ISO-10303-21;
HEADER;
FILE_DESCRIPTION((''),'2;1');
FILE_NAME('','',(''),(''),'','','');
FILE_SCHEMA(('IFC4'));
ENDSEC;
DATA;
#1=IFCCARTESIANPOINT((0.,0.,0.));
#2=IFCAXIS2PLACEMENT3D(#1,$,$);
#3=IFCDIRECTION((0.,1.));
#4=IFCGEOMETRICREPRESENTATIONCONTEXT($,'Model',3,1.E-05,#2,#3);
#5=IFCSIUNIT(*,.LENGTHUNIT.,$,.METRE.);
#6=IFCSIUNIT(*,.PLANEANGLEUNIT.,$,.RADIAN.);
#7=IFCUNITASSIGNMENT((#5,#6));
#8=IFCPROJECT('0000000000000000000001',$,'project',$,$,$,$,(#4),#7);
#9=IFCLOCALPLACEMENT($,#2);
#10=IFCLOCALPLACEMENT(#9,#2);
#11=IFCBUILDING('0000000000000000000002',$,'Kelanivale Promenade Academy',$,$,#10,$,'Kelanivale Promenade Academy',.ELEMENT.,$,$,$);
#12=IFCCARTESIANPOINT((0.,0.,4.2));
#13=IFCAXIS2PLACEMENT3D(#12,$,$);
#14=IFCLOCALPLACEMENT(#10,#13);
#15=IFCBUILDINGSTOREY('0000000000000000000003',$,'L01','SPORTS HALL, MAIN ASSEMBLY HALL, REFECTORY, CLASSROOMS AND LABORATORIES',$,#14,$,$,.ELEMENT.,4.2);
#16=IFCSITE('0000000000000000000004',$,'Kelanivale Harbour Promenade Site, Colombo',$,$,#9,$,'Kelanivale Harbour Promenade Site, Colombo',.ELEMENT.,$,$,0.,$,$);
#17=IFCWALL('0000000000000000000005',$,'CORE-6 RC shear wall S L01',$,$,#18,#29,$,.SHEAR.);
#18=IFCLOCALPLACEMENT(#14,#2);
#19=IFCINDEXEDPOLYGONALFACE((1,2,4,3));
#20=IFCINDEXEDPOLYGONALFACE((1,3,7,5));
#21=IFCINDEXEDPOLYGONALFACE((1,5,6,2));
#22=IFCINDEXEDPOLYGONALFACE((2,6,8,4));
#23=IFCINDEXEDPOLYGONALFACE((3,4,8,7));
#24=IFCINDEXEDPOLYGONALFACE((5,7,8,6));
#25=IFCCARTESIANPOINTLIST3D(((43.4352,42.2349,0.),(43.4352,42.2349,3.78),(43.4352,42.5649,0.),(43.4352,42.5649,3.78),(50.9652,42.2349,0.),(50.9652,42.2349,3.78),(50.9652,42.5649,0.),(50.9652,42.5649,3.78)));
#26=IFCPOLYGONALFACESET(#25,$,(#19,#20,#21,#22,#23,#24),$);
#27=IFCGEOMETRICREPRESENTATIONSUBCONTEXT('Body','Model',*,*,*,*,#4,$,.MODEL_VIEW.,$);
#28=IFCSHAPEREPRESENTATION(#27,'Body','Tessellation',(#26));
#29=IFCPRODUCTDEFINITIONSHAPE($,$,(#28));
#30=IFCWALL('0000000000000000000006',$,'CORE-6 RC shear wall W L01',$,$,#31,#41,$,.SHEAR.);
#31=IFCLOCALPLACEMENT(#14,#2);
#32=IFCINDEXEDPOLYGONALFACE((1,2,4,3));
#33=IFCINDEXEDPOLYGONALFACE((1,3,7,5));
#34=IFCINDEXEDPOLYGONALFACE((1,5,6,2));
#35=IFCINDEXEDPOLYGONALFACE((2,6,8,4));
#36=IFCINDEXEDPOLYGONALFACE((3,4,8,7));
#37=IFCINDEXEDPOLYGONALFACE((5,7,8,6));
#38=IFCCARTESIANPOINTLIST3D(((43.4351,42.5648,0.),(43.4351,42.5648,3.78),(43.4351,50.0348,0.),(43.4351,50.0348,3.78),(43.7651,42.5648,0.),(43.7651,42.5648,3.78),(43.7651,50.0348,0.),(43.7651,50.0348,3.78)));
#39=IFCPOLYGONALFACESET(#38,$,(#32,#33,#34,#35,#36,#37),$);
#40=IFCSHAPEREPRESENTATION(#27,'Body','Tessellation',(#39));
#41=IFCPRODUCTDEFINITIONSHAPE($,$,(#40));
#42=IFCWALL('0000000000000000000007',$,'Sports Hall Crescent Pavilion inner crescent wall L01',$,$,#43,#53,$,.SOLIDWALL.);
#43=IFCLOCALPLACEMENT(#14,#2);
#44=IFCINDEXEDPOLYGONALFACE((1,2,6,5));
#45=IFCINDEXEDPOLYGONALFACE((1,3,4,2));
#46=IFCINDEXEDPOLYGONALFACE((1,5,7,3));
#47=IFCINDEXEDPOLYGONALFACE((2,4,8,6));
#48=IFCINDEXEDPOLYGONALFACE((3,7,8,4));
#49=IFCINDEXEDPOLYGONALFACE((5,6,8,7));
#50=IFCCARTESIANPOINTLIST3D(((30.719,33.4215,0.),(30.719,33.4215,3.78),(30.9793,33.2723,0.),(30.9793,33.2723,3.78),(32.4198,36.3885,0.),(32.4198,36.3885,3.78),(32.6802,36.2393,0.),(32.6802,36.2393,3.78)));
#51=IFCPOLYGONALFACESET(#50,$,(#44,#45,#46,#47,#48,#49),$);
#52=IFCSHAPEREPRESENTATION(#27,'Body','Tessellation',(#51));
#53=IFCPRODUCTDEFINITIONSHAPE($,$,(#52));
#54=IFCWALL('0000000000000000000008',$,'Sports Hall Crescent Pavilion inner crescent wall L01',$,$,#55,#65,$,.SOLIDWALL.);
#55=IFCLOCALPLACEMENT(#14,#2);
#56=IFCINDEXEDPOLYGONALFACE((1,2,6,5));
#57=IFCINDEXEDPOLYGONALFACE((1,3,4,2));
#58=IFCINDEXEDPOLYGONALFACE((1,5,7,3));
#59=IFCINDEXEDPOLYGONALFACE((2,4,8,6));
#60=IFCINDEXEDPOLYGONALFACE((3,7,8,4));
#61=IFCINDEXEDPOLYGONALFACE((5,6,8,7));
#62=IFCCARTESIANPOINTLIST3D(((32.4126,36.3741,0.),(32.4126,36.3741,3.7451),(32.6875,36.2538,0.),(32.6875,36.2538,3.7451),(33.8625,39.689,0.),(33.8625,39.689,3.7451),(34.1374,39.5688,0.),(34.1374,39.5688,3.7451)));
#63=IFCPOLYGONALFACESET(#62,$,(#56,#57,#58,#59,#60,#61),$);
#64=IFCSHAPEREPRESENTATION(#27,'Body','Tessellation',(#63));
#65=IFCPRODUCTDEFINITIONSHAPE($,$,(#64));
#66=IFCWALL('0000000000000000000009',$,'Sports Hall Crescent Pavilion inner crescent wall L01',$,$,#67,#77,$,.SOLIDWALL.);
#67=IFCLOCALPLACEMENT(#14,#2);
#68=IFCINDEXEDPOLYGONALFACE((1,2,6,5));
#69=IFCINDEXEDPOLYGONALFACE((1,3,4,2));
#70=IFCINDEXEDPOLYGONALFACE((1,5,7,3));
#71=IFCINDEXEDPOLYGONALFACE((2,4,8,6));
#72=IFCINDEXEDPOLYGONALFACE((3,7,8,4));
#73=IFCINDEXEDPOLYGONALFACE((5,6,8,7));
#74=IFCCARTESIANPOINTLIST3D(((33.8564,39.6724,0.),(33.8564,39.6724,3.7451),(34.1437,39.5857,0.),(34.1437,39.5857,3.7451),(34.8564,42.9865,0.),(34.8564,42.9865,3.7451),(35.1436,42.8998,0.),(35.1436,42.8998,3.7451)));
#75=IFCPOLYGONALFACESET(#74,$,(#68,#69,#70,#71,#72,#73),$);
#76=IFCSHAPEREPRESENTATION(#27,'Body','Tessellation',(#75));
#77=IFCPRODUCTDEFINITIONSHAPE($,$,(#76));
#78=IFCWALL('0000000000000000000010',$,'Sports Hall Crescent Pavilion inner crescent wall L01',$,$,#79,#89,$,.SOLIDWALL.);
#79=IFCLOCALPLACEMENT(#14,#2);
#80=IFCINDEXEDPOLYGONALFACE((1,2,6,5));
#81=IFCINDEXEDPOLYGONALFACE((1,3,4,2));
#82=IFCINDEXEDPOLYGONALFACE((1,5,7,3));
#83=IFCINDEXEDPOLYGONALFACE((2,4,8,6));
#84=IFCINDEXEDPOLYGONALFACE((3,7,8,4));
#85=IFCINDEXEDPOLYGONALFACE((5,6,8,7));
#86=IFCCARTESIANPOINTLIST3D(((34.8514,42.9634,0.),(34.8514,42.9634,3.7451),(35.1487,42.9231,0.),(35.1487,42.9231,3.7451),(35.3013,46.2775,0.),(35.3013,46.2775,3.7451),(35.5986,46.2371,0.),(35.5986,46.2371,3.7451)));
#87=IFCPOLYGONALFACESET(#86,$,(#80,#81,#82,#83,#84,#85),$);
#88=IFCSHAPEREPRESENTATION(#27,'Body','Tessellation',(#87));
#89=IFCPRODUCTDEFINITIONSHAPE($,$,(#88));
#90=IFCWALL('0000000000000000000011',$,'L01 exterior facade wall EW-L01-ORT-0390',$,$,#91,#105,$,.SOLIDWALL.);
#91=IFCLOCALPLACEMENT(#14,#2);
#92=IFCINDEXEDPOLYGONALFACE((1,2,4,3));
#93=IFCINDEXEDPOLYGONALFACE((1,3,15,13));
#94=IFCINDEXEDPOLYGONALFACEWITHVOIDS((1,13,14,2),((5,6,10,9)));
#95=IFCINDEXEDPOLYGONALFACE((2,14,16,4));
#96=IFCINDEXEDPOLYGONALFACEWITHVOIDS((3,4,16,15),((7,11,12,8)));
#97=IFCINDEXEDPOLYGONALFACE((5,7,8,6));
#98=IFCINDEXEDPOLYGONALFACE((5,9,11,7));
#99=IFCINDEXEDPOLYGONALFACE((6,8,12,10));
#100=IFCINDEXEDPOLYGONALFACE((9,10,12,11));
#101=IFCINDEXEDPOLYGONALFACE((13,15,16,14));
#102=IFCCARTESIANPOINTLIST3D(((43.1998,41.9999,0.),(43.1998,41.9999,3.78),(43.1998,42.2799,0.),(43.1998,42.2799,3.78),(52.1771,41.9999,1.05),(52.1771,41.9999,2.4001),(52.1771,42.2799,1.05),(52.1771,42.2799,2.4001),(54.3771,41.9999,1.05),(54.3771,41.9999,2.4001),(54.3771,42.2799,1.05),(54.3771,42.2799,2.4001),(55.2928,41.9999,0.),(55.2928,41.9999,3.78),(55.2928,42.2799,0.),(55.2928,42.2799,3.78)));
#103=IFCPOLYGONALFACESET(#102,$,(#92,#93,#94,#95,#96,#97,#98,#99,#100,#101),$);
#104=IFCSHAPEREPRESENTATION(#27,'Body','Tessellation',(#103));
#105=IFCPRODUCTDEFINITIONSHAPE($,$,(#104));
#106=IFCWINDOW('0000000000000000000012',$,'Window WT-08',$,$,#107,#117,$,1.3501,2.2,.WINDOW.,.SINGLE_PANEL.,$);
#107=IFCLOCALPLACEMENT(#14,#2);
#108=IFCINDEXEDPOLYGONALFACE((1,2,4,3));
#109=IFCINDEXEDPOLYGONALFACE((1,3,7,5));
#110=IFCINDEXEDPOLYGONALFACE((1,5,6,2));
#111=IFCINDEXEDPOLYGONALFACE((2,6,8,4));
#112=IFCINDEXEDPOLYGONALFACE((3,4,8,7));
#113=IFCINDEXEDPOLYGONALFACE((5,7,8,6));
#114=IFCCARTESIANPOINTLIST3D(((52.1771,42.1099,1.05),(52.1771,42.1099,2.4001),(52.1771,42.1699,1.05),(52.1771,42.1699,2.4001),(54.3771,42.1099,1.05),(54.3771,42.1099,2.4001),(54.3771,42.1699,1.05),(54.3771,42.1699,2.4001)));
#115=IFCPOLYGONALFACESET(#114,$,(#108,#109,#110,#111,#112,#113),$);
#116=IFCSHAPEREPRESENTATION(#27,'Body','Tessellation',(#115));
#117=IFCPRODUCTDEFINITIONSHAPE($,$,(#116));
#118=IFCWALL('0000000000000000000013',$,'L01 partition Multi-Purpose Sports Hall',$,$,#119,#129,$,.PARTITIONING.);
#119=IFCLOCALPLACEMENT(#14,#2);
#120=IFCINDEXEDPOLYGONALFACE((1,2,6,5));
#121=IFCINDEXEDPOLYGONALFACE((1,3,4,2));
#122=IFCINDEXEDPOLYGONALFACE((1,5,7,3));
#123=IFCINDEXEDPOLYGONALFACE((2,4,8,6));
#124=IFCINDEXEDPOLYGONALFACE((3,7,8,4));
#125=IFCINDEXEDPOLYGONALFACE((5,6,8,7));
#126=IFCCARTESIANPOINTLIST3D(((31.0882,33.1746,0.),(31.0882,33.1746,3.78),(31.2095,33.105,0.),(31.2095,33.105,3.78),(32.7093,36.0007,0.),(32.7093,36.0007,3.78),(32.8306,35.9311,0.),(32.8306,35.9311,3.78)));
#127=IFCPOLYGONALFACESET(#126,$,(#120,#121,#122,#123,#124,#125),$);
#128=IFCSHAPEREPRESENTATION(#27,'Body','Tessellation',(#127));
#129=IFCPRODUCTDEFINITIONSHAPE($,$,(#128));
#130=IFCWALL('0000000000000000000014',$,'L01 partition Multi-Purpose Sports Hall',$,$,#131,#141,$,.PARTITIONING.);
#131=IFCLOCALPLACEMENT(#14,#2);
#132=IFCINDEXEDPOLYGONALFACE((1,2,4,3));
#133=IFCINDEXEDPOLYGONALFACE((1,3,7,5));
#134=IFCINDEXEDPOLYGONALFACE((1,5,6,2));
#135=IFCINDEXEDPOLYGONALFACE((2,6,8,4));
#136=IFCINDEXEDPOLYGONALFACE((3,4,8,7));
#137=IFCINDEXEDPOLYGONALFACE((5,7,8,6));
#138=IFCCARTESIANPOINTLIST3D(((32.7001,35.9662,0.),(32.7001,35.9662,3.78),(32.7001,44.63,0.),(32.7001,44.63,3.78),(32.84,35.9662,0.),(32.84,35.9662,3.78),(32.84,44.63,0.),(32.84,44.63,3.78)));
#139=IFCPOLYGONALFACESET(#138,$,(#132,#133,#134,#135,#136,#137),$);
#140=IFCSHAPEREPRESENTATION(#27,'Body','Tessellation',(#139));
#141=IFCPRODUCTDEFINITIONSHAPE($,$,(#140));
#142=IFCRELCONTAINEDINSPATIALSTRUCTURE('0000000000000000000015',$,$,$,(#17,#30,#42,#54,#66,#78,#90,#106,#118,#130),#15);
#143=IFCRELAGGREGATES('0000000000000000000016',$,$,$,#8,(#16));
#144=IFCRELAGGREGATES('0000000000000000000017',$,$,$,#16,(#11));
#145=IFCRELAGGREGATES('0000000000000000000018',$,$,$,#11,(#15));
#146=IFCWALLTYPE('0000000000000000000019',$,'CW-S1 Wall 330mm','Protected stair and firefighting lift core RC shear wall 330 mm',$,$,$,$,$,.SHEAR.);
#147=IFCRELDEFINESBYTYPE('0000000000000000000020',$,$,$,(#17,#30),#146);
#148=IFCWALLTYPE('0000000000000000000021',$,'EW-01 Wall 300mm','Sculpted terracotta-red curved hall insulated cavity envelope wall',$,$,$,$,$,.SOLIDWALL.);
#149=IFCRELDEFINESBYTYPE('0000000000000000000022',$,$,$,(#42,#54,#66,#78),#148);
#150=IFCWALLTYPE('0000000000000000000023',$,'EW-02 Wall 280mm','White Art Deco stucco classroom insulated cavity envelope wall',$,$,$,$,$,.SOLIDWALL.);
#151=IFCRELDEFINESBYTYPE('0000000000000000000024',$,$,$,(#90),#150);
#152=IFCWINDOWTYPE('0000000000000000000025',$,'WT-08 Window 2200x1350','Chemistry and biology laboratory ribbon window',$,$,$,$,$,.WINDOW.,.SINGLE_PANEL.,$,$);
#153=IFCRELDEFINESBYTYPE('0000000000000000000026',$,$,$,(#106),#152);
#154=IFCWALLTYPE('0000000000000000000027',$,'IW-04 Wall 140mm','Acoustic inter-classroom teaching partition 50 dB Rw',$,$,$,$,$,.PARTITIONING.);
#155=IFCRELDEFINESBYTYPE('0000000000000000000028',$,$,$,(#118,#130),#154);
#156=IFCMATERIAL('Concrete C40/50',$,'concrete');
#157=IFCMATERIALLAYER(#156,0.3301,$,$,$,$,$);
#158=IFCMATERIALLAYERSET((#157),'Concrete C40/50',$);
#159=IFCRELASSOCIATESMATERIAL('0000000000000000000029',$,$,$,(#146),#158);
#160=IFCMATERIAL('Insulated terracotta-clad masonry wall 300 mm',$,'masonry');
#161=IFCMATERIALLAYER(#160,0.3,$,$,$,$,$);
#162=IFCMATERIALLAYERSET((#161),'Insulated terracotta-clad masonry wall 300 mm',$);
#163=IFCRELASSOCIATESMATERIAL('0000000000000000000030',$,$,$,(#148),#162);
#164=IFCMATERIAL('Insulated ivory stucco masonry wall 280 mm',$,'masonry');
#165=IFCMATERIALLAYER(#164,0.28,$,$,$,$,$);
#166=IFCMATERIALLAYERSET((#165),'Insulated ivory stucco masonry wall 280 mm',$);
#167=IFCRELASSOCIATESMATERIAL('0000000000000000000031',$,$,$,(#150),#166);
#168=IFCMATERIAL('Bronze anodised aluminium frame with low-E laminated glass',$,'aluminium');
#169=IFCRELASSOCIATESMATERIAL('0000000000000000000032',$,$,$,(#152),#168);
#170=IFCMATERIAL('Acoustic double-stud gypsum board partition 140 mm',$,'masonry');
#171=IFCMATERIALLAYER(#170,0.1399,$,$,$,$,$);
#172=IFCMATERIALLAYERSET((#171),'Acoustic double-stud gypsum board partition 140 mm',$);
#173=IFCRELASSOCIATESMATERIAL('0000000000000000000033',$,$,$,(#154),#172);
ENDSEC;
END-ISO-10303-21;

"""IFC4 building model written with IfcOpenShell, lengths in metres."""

from ifc_helpers import new_model, si_unit, direction, frame, frame_2d, origin, place, context, subcontext, project, spatial, rectangle, extrude, material, layer, layer_set, type_object, element, fill, save


model = new_model("IFC4")

# Units and contexts
model_context = context("Model", 3, precision=1e-05, world=origin(), true_north=direction((0.0, 1.0)))
body_context = subcontext(model_context, "Body", "Model", "MODEL_VIEW")
ifc_project = project(units=[si_unit("LENGTHUNIT", "METRE"), si_unit("PLANEANGLEUNIT", "RADIAN")], contexts=[model_context])

# Site, building, storey
site_placement = place(None, origin())
site = spatial("IfcSite", under=ifc_project, at=site_placement, Name="Kelanivale Harbour Promenade Site, Colombo", LongName="Kelanivale Harbour Promenade Site, Colombo", CompositionType="ELEMENT", RefElevation=0.0)
building_placement = place(site_placement, origin())
building = spatial("IfcBuilding", under=site, at=building_placement, Name="Kelanivale Promenade Academy", LongName="Kelanivale Promenade Academy", CompositionType="ELEMENT")
storey_placement = place(building_placement, frame((0.0, 0.0, 4.2)))
storey = spatial("IfcBuildingStorey", under=building, at=storey_placement, Name="L01", Description="SPORTS HALL, MAIN ASSEMBLY HALL, REFECTORY, CLASSROOMS AND LABORATORIES", CompositionType="ELEMENT", Elevation=4.2)

# Shared definitions
ifc_material_1 = material(Name="Concrete C40/50", Category="concrete")

# Walls
ifc_layer_1 = layer(ifc_material_1, 0.3301)
ifc_layer_set_1 = layer_set([ifc_layer_1], Name="Concrete C40/50")
wall_type_1 = type_object("IfcWallType", Name="CW-S1 Wall 330mm", Description="Protected stair and firefighting lift core RC shear wall 330 mm", PredefinedType="SHEAR", material=ifc_layer_set_1)
wall_1_placement = place(storey_placement, frame((43.4351, 42.3999, 0.0), z_axis=(0.0, 0.0, 1.0), x_axis=(1.0, 0.0, 0.0)))
element("IfcWall", 1, at=wall_1_placement, inside=storey, type_object=wall_type_1, Name="CORE-6 RC shear wall S L01", PredefinedType="SHEAR", context=body_context, shape_type="SweptSolid", body=[
    extrude(rectangle(XDim=7.53, YDim=0.3301, at=frame_2d((3.7651, 0.0))), origin(), (0.0, 0.0, 1.0), 3.78),
])
wall_2_placement = place(storey_placement, frame((43.6001, 42.5649, 0.0), z_axis=(0.0, 0.0, 1.0), x_axis=(0.0, 1.0, 0.0)))
element("IfcWall", 2, at=wall_2_placement, inside=storey, type_object=wall_type_1, Name="CORE-6 RC shear wall W L01", PredefinedType="SHEAR", context=body_context, shape_type="SweptSolid", body=[
    extrude(rectangle(XDim=7.47, YDim=0.3301, at=frame_2d((3.7349, 0.0))), origin(), (0.0, 0.0, 1.0), 3.78),
])
ifc_material_2 = material(Name="Insulated terracotta-clad masonry wall 300 mm", Category="masonry")
ifc_layer_2 = layer(ifc_material_2, 0.3)
ifc_layer_set_2 = layer_set([ifc_layer_2], Name="Insulated terracotta-clad masonry wall 300 mm")
wall_type_2 = type_object("IfcWallType", Name="EW-01 Wall 300mm", Description="Sculpted terracotta-red curved hall insulated cavity envelope wall", PredefinedType="SOLIDWALL", material=ifc_layer_set_2)
wall_3_placement = place(storey_placement, frame((30.8491, 33.3469, 0.0), z_axis=(0.0, 0.0, 1.0), x_axis=(0.497345, 0.867553, 0.0)))
element("IfcWall", 3, at=wall_3_placement, inside=storey, type_object=wall_type_2, Name="Sports Hall Crescent Pavilion inner crescent wall L01", PredefinedType="SOLIDWALL", context=body_context, shape_type="SweptSolid", body=[
    extrude(rectangle(XDim=3.4199, YDim=0.3, at=frame_2d((1.71, 0.0))), origin(), (0.0, 0.0, 1.0), 3.78),
])
wall_4_placement = place(storey_placement, frame((32.55, 36.314, 0.0), z_axis=(0.0, 0.0, 1.0), x_axis=(0.400741, 0.916191, 0.0)))
element("IfcWall", 4, at=wall_4_placement, inside=storey, type_object=wall_type_2, Name="Sports Hall Crescent Pavilion inner crescent wall L01", PredefinedType="SOLIDWALL", context=body_context, shape_type="SweptSolid", body=[
    extrude(rectangle(XDim=3.6182, YDim=0.3, at=frame_2d((1.8091, 0.0))), origin(), (0.0, 0.0, 1.0), 3.7451),
])
wall_5_placement = place(storey_placement, frame((34.0, 39.6289, 0.0), z_axis=(0.0, 0.0, 1.0), x_axis=(0.288868, 0.957369, 0.0)))
element("IfcWall", 5, at=wall_5_placement, inside=storey, type_object=wall_type_2, Name="Sports Hall Crescent Pavilion inner crescent wall L01", PredefinedType="SOLIDWALL", context=body_context, shape_type="SweptSolid", body=[
    extrude(rectangle(XDim=3.4617, YDim=0.3, at=frame_2d((1.731, 0.0))), origin(), (0.0, 0.0, 1.0), 3.7451),
])
wall_6_placement = place(storey_placement, frame((35.0, 42.9431, 0.0), z_axis=(0.0, 0.0, 1.0), x_axis=(0.13454, 0.990908, 0.0)))
element("IfcWall", 6, at=wall_6_placement, inside=storey, type_object=wall_type_2, Name="Sports Hall Crescent Pavilion inner crescent wall L01", PredefinedType="SOLIDWALL", context=body_context, shape_type="SweptSolid", body=[
    extrude(rectangle(XDim=3.3445, YDim=0.3, at=frame_2d((1.6724, 0.0))), origin(), (0.0, 0.0, 1.0), 3.7451),
])

# Wall, opening, window
ifc_material_3 = material(Name="Insulated ivory stucco masonry wall 280 mm", Category="masonry")
ifc_layer_3 = layer(ifc_material_3, 0.28)
ifc_layer_set_3 = layer_set([ifc_layer_3], Name="Insulated ivory stucco masonry wall 280 mm")
wall_type_3 = type_object("IfcWallType", Name="EW-02 Wall 280mm", Description="White Art Deco stucco classroom insulated cavity envelope wall", PredefinedType="SOLIDWALL", material=ifc_layer_set_3)
wall_7_placement = place(storey_placement, frame((43.2, 42.1399, 0.0), z_axis=(0.0, 0.0, 1.0), x_axis=(1.0, 0.0, 0.0)))
wall_7 = element("IfcWall", 7, at=wall_7_placement, inside=storey, type_object=wall_type_3, Name="L01 exterior facade wall EW-L01-ORT-0390", PredefinedType="SOLIDWALL", context=body_context, shape_type="SweptSolid", body=[
    extrude(rectangle(XDim=12.093, YDim=0.28, at=frame_2d((6.0464, 0.0))), origin(), (0.0, 0.0, 1.0), 3.78),
])
opening_1_placement = place(wall_7_placement, frame((8.9771, 0.0, 1.05)))
opening_1 = element("IfcOpeningElement", 8, at=opening_1_placement, cuts=wall_7, PredefinedType="OPENING", context=body_context, shape_type="SweptSolid", body=[
    extrude(rectangle(XDim=2.2, YDim=1.3501, at=frame_2d((1.1001, 0.675))), frame((0.0, 0.1499, 0.0), z_axis=(0.0, -1.0, 0.0), x_axis=(1.0, 0.0, 0.0)), (0.0, 0.0, 1.0), 0.3),
])
ifc_material_4 = material(Name="Bronze anodised aluminium frame with low-E laminated glass", Category="aluminium")
window_type_1 = type_object("IfcWindowType", Name="WT-08 Window 2200x1350", Description="Chemistry and biology laboratory ribbon window", PartitioningType="SINGLE_PANEL", PredefinedType="WINDOW", material=ifc_material_4)
window_1_placement = place(opening_1_placement, origin())
window_1 = element("IfcWindow", 9, at=window_1_placement, inside=storey, type_object=window_type_1, Name="Window WT-08", OverallHeight=1.3501, OverallWidth=2.2, PartitioningType="SINGLE_PANEL", PredefinedType="WINDOW", context=body_context, shape_type="SweptSolid", body=[
    extrude(rectangle(XDim=2.2, YDim=1.3501, at=frame_2d((1.1001, 0.675))), frame((0.0, 0.03, 0.0), z_axis=(0.0, -1.0, 0.0), x_axis=(1.0, 0.0, 0.0)), (0.0, 0.0, 1.0), 0.0601),
])
fill(opening_1, window_1)

# Walls
ifc_material_5 = material(Name="Acoustic double-stud gypsum board partition 140 mm", Category="masonry")
ifc_layer_4 = layer(ifc_material_5, 0.1399)
ifc_layer_set_4 = layer_set([ifc_layer_4], Name="Acoustic double-stud gypsum board partition 140 mm")
wall_type_4 = type_object("IfcWallType", Name="IW-04 Wall 140mm", Description="Acoustic inter-classroom teaching partition 50 dB Rw", PredefinedType="PARTITIONING", material=ifc_layer_set_4)
wall_8_placement = place(storey_placement, frame((31.1489, 33.1399, 0.0), z_axis=(0.0, 0.0, 1.0), x_axis=(0.497559, 0.86743, 0.0)))
element("IfcWall", 10, at=wall_8_placement, inside=storey, type_object=wall_type_4, Name="L01 partition Multi-Purpose Sports Hall", PredefinedType="PARTITIONING", context=body_context, shape_type="SweptSolid", body=[
    extrude(rectangle(XDim=3.2581, YDim=0.1399, at=frame_2d((1.6289, 0.0))), origin(), (0.0, 0.0, 1.0), 3.78),
])
wall_9_placement = place(storey_placement, frame((32.77, 35.9661, 0.0), z_axis=(0.0, 0.0, 1.0), x_axis=(0.0, 1.0, 0.0)))
element("IfcWall", 11, at=wall_9_placement, inside=storey, type_object=wall_type_4, Name="L01 partition Multi-Purpose Sports Hall", PredefinedType="PARTITIONING", context=body_context, shape_type="SweptSolid", body=[
    extrude(rectangle(XDim=8.6638, YDim=0.1399, at=frame_2d((4.332, 0.0))), origin(), (0.0, 0.0, 1.0), 3.78),
])

save(model, "model.ifc")
